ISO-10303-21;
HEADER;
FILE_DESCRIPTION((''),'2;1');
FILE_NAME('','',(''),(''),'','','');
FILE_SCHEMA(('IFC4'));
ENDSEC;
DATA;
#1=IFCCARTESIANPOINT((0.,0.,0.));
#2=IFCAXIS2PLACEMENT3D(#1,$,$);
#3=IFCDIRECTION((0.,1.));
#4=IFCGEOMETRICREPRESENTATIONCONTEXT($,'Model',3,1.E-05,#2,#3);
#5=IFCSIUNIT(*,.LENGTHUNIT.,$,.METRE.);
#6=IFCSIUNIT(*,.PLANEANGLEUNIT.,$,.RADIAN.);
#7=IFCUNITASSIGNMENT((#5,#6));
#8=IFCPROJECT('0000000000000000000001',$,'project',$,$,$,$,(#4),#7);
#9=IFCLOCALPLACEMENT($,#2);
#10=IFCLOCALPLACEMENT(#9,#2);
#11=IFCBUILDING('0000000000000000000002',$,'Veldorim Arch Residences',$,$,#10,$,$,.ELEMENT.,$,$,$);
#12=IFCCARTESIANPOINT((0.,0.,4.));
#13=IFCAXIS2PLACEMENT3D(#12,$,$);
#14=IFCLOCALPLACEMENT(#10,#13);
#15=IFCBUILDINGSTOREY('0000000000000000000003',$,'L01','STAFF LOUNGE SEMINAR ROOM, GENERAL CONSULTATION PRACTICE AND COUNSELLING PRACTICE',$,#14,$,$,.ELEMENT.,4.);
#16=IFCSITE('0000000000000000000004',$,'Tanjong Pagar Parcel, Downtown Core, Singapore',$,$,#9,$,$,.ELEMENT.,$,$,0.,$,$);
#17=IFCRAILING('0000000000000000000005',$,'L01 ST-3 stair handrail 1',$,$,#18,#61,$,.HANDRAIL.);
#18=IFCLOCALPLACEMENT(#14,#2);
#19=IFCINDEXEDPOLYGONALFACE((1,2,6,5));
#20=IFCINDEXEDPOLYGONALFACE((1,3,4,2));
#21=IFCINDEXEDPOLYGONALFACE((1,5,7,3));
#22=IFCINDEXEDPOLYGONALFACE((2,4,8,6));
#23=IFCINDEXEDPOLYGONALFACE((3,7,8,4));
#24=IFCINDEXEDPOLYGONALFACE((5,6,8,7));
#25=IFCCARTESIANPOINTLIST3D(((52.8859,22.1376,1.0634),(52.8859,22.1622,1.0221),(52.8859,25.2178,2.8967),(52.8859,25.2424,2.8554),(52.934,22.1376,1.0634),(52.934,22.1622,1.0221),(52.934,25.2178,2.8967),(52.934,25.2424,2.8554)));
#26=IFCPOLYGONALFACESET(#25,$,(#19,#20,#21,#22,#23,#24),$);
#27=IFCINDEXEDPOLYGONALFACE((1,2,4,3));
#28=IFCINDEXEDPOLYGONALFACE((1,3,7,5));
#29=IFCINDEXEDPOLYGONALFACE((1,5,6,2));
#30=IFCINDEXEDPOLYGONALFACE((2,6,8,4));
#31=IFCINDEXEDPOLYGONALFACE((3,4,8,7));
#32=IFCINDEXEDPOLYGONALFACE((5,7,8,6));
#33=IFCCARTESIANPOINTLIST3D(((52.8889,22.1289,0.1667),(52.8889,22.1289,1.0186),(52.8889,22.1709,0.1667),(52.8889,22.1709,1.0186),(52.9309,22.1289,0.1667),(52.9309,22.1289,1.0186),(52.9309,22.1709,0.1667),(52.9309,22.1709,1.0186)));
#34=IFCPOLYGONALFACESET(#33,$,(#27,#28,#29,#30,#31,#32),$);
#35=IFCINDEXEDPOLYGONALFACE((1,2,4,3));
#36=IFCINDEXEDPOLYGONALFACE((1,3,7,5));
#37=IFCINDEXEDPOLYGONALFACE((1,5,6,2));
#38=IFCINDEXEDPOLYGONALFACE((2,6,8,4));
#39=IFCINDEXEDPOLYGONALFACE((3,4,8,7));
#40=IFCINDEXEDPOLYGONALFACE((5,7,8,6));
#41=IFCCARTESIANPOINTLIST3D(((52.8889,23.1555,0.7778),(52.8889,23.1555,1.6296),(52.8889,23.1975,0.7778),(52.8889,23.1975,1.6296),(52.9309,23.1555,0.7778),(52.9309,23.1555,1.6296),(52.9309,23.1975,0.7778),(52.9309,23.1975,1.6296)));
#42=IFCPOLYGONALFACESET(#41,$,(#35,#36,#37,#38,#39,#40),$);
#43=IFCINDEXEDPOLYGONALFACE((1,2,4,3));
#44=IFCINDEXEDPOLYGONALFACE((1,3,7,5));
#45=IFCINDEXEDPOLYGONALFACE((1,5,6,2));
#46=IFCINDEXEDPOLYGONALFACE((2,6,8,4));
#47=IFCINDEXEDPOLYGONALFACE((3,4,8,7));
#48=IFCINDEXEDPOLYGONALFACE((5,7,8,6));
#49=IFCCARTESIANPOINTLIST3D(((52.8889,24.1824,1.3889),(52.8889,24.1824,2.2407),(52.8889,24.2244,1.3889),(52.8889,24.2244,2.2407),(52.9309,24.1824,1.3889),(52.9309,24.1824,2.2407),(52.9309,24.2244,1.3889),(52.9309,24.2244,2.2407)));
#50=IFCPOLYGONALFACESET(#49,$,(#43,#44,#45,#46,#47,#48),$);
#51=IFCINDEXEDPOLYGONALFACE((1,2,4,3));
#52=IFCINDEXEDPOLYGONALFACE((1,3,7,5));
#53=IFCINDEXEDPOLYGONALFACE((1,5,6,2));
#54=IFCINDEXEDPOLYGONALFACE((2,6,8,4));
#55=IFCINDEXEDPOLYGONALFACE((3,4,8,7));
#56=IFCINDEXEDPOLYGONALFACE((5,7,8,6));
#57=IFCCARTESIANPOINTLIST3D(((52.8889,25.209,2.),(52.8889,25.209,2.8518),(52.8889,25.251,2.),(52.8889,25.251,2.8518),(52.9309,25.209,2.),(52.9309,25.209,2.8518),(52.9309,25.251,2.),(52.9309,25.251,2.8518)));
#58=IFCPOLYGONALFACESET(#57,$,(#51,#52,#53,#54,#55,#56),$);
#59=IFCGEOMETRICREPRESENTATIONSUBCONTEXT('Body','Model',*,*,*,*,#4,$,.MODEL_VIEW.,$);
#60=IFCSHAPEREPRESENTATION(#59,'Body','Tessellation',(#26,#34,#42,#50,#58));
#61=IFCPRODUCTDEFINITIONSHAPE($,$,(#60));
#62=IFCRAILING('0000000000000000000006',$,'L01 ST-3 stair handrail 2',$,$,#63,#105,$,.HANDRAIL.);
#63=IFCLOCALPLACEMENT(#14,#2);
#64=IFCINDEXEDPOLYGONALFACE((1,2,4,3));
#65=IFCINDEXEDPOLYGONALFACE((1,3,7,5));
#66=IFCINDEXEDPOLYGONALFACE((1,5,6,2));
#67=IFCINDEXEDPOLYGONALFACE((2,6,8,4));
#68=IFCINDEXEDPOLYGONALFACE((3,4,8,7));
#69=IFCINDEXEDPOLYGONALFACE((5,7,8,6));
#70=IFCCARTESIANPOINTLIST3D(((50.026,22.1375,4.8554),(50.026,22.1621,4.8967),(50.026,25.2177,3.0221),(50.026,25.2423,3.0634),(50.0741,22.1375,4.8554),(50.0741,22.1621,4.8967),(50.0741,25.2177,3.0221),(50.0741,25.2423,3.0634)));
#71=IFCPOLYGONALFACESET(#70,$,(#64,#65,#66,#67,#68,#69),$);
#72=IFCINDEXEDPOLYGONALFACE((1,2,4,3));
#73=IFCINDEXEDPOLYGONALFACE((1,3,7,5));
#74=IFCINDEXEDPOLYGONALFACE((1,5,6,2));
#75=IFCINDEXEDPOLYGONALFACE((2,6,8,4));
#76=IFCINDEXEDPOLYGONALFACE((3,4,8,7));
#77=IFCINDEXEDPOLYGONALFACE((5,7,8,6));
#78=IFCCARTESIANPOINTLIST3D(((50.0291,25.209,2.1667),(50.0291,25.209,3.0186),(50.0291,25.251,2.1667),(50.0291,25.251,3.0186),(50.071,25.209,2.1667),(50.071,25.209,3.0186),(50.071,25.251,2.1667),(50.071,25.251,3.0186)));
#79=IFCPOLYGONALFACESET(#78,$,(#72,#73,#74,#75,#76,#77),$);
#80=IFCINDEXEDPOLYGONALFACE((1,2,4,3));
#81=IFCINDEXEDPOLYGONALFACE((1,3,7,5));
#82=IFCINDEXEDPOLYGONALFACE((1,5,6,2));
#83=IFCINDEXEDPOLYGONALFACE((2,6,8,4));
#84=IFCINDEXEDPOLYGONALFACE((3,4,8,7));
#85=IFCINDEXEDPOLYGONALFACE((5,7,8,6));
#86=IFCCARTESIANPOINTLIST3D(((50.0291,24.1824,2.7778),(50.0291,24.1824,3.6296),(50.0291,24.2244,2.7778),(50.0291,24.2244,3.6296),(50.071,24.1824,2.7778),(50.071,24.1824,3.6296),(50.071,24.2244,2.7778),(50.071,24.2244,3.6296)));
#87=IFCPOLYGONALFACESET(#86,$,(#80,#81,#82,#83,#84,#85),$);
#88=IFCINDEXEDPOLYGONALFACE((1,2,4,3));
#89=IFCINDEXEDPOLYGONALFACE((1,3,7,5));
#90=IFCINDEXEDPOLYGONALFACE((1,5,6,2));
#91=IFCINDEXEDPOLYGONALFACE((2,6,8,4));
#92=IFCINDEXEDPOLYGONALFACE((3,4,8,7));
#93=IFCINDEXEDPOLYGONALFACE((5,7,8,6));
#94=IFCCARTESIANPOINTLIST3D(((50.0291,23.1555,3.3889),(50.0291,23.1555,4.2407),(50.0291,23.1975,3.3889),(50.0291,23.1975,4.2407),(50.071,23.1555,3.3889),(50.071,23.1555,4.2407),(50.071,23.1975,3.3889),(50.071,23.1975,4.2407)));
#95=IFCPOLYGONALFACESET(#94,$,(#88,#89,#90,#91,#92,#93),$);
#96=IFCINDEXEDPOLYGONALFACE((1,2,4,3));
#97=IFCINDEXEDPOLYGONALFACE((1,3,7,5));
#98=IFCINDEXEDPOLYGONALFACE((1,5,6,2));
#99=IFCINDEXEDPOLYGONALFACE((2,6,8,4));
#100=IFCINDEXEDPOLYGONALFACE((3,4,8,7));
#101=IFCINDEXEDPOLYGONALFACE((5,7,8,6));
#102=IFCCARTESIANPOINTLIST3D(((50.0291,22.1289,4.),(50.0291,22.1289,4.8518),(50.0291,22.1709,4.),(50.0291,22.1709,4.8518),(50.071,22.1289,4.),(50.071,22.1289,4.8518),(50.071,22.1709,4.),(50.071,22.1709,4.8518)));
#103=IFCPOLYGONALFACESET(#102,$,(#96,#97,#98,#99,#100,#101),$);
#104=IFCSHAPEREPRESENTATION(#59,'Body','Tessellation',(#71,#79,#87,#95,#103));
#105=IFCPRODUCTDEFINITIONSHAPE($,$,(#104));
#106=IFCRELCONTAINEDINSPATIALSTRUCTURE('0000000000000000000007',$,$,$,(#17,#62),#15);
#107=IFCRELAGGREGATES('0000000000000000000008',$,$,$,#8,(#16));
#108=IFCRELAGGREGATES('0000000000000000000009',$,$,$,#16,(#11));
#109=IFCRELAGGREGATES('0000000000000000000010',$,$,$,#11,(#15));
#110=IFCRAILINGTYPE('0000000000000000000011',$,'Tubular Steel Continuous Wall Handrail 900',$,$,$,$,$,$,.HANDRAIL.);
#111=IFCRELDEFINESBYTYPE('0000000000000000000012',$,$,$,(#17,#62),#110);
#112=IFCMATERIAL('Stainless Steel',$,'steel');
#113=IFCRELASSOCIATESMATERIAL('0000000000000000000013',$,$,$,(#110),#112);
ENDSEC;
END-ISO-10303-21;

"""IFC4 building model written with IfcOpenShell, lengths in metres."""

from ifc_helpers import new_model, si_unit, direction, frame, origin, origin_2d, place, context, subcontext, project, spatial, rectangle, extrude, material, type_object, element, save


model = new_model("IFC4")

# Units and contexts
model_context = context("Model", 3, precision=1e-05, world=origin(), true_north=direction((0.0, 1.0)))
body_context = subcontext(model_context, "Body", "Model", "MODEL_VIEW")
ifc_project = project(units=[si_unit("LENGTHUNIT", "METRE"), si_unit("PLANEANGLEUNIT", "RADIAN")], contexts=[model_context])

# Site, building, storey
site_placement = place(None, origin())
site = spatial("IfcSite", under=ifc_project, at=site_placement, Name="Tanjong Pagar Parcel, Downtown Core, Singapore", CompositionType="ELEMENT", RefElevation=0.0)
building_placement = place(site_placement, origin())
building = spatial("IfcBuilding", under=site, at=building_placement, Name="Veldorim Arch Residences", CompositionType="ELEMENT")
storey_placement = place(building_placement, frame((0.0, 0.0, 4.0)))
storey = spatial("IfcBuildingStorey", under=building, at=storey_placement, Name="L01", Description="STAFF LOUNGE SEMINAR ROOM, GENERAL CONSULTATION PRACTICE AND COUNSELLING PRACTICE", CompositionType="ELEMENT", Elevation=4.0)

# Railings
ifc_material_1 = material(Name="Stainless Steel", Category="steel")
railing_type_1 = type_object("IfcRailingType", Name="Tubular Steel Continuous Wall Handrail 900", PredefinedType="HANDRAIL", material=ifc_material_1)
railing_1_placement = place(storey_placement, frame((52.9099, 22.1499, 0.1667)))
element("IfcRailing", 1, at=railing_1_placement, inside=storey, type_object=railing_type_1, Name="L01 ST-3 stair handrail 1", PredefinedType="HANDRAIL", context=body_context, shape_type="SweptSolid", body=[
    extrude(rectangle(XDim=0.0481, YDim=0.0481, at=origin_2d()), frame((0.0, 0.0, 0.876), z_axis=(0.0, 0.859309, 0.511458), x_axis=(-1.0, 0.0, 0.0)), (0.0, 0.0, 1.0), 3.5845),
    extrude(rectangle(XDim=0.042, YDim=0.042, at=origin_2d()), origin(), (0.0, 0.0, 1.0), 0.8518),
    extrude(rectangle(XDim=0.042, YDim=0.042, at=origin_2d()), frame((0.0, 1.0266, 0.6111)), (0.0, 0.0, 1.0), 0.8518),
    extrude(rectangle(XDim=0.042, YDim=0.042, at=origin_2d()), frame((0.0, 2.0535, 1.2222)), (0.0, 0.0, 1.0), 0.8518),
    extrude(rectangle(XDim=0.042, YDim=0.042, at=origin_2d()), frame((0.0, 3.0801, 1.8333)), (0.0, 0.0, 1.0), 0.8518),
])
railing_2_placement = place(storey_placement, frame((50.05, 25.23, 2.1667)))
element("IfcRailing", 2, at=railing_2_placement, inside=storey, type_object=railing_type_1, Name="L01 ST-3 stair handrail 2", PredefinedType="HANDRAIL", context=body_context, shape_type="SweptSolid", body=[
    extrude(rectangle(XDim=0.0481, YDim=0.0481, at=origin_2d()), frame((0.0, 0.0, 0.876), z_axis=(0.0, -0.859309, 0.511458), x_axis=(1.0, 0.0, 0.0)), (0.0, 0.0, 1.0), 3.5845),
    extrude(rectangle(XDim=0.042, YDim=0.042, at=origin_2d()), origin(), (0.0, 0.0, 1.0), 0.8518),
    extrude(rectangle(XDim=0.042, YDim=0.042, at=origin_2d()), frame((0.0, -1.0266, 0.6111)), (0.0, 0.0, 1.0), 0.8518),
    extrude(rectangle(XDim=0.042, YDim=0.042, at=origin_2d()), frame((0.0, -2.0535, 1.2222)), (0.0, 0.0, 1.0), 0.8518),
    extrude(rectangle(XDim=0.042, YDim=0.042, at=origin_2d()), frame((0.0, -3.0801, 1.8333)), (0.0, 0.0, 1.0), 0.8518),
])

save(model, "model.ifc")
